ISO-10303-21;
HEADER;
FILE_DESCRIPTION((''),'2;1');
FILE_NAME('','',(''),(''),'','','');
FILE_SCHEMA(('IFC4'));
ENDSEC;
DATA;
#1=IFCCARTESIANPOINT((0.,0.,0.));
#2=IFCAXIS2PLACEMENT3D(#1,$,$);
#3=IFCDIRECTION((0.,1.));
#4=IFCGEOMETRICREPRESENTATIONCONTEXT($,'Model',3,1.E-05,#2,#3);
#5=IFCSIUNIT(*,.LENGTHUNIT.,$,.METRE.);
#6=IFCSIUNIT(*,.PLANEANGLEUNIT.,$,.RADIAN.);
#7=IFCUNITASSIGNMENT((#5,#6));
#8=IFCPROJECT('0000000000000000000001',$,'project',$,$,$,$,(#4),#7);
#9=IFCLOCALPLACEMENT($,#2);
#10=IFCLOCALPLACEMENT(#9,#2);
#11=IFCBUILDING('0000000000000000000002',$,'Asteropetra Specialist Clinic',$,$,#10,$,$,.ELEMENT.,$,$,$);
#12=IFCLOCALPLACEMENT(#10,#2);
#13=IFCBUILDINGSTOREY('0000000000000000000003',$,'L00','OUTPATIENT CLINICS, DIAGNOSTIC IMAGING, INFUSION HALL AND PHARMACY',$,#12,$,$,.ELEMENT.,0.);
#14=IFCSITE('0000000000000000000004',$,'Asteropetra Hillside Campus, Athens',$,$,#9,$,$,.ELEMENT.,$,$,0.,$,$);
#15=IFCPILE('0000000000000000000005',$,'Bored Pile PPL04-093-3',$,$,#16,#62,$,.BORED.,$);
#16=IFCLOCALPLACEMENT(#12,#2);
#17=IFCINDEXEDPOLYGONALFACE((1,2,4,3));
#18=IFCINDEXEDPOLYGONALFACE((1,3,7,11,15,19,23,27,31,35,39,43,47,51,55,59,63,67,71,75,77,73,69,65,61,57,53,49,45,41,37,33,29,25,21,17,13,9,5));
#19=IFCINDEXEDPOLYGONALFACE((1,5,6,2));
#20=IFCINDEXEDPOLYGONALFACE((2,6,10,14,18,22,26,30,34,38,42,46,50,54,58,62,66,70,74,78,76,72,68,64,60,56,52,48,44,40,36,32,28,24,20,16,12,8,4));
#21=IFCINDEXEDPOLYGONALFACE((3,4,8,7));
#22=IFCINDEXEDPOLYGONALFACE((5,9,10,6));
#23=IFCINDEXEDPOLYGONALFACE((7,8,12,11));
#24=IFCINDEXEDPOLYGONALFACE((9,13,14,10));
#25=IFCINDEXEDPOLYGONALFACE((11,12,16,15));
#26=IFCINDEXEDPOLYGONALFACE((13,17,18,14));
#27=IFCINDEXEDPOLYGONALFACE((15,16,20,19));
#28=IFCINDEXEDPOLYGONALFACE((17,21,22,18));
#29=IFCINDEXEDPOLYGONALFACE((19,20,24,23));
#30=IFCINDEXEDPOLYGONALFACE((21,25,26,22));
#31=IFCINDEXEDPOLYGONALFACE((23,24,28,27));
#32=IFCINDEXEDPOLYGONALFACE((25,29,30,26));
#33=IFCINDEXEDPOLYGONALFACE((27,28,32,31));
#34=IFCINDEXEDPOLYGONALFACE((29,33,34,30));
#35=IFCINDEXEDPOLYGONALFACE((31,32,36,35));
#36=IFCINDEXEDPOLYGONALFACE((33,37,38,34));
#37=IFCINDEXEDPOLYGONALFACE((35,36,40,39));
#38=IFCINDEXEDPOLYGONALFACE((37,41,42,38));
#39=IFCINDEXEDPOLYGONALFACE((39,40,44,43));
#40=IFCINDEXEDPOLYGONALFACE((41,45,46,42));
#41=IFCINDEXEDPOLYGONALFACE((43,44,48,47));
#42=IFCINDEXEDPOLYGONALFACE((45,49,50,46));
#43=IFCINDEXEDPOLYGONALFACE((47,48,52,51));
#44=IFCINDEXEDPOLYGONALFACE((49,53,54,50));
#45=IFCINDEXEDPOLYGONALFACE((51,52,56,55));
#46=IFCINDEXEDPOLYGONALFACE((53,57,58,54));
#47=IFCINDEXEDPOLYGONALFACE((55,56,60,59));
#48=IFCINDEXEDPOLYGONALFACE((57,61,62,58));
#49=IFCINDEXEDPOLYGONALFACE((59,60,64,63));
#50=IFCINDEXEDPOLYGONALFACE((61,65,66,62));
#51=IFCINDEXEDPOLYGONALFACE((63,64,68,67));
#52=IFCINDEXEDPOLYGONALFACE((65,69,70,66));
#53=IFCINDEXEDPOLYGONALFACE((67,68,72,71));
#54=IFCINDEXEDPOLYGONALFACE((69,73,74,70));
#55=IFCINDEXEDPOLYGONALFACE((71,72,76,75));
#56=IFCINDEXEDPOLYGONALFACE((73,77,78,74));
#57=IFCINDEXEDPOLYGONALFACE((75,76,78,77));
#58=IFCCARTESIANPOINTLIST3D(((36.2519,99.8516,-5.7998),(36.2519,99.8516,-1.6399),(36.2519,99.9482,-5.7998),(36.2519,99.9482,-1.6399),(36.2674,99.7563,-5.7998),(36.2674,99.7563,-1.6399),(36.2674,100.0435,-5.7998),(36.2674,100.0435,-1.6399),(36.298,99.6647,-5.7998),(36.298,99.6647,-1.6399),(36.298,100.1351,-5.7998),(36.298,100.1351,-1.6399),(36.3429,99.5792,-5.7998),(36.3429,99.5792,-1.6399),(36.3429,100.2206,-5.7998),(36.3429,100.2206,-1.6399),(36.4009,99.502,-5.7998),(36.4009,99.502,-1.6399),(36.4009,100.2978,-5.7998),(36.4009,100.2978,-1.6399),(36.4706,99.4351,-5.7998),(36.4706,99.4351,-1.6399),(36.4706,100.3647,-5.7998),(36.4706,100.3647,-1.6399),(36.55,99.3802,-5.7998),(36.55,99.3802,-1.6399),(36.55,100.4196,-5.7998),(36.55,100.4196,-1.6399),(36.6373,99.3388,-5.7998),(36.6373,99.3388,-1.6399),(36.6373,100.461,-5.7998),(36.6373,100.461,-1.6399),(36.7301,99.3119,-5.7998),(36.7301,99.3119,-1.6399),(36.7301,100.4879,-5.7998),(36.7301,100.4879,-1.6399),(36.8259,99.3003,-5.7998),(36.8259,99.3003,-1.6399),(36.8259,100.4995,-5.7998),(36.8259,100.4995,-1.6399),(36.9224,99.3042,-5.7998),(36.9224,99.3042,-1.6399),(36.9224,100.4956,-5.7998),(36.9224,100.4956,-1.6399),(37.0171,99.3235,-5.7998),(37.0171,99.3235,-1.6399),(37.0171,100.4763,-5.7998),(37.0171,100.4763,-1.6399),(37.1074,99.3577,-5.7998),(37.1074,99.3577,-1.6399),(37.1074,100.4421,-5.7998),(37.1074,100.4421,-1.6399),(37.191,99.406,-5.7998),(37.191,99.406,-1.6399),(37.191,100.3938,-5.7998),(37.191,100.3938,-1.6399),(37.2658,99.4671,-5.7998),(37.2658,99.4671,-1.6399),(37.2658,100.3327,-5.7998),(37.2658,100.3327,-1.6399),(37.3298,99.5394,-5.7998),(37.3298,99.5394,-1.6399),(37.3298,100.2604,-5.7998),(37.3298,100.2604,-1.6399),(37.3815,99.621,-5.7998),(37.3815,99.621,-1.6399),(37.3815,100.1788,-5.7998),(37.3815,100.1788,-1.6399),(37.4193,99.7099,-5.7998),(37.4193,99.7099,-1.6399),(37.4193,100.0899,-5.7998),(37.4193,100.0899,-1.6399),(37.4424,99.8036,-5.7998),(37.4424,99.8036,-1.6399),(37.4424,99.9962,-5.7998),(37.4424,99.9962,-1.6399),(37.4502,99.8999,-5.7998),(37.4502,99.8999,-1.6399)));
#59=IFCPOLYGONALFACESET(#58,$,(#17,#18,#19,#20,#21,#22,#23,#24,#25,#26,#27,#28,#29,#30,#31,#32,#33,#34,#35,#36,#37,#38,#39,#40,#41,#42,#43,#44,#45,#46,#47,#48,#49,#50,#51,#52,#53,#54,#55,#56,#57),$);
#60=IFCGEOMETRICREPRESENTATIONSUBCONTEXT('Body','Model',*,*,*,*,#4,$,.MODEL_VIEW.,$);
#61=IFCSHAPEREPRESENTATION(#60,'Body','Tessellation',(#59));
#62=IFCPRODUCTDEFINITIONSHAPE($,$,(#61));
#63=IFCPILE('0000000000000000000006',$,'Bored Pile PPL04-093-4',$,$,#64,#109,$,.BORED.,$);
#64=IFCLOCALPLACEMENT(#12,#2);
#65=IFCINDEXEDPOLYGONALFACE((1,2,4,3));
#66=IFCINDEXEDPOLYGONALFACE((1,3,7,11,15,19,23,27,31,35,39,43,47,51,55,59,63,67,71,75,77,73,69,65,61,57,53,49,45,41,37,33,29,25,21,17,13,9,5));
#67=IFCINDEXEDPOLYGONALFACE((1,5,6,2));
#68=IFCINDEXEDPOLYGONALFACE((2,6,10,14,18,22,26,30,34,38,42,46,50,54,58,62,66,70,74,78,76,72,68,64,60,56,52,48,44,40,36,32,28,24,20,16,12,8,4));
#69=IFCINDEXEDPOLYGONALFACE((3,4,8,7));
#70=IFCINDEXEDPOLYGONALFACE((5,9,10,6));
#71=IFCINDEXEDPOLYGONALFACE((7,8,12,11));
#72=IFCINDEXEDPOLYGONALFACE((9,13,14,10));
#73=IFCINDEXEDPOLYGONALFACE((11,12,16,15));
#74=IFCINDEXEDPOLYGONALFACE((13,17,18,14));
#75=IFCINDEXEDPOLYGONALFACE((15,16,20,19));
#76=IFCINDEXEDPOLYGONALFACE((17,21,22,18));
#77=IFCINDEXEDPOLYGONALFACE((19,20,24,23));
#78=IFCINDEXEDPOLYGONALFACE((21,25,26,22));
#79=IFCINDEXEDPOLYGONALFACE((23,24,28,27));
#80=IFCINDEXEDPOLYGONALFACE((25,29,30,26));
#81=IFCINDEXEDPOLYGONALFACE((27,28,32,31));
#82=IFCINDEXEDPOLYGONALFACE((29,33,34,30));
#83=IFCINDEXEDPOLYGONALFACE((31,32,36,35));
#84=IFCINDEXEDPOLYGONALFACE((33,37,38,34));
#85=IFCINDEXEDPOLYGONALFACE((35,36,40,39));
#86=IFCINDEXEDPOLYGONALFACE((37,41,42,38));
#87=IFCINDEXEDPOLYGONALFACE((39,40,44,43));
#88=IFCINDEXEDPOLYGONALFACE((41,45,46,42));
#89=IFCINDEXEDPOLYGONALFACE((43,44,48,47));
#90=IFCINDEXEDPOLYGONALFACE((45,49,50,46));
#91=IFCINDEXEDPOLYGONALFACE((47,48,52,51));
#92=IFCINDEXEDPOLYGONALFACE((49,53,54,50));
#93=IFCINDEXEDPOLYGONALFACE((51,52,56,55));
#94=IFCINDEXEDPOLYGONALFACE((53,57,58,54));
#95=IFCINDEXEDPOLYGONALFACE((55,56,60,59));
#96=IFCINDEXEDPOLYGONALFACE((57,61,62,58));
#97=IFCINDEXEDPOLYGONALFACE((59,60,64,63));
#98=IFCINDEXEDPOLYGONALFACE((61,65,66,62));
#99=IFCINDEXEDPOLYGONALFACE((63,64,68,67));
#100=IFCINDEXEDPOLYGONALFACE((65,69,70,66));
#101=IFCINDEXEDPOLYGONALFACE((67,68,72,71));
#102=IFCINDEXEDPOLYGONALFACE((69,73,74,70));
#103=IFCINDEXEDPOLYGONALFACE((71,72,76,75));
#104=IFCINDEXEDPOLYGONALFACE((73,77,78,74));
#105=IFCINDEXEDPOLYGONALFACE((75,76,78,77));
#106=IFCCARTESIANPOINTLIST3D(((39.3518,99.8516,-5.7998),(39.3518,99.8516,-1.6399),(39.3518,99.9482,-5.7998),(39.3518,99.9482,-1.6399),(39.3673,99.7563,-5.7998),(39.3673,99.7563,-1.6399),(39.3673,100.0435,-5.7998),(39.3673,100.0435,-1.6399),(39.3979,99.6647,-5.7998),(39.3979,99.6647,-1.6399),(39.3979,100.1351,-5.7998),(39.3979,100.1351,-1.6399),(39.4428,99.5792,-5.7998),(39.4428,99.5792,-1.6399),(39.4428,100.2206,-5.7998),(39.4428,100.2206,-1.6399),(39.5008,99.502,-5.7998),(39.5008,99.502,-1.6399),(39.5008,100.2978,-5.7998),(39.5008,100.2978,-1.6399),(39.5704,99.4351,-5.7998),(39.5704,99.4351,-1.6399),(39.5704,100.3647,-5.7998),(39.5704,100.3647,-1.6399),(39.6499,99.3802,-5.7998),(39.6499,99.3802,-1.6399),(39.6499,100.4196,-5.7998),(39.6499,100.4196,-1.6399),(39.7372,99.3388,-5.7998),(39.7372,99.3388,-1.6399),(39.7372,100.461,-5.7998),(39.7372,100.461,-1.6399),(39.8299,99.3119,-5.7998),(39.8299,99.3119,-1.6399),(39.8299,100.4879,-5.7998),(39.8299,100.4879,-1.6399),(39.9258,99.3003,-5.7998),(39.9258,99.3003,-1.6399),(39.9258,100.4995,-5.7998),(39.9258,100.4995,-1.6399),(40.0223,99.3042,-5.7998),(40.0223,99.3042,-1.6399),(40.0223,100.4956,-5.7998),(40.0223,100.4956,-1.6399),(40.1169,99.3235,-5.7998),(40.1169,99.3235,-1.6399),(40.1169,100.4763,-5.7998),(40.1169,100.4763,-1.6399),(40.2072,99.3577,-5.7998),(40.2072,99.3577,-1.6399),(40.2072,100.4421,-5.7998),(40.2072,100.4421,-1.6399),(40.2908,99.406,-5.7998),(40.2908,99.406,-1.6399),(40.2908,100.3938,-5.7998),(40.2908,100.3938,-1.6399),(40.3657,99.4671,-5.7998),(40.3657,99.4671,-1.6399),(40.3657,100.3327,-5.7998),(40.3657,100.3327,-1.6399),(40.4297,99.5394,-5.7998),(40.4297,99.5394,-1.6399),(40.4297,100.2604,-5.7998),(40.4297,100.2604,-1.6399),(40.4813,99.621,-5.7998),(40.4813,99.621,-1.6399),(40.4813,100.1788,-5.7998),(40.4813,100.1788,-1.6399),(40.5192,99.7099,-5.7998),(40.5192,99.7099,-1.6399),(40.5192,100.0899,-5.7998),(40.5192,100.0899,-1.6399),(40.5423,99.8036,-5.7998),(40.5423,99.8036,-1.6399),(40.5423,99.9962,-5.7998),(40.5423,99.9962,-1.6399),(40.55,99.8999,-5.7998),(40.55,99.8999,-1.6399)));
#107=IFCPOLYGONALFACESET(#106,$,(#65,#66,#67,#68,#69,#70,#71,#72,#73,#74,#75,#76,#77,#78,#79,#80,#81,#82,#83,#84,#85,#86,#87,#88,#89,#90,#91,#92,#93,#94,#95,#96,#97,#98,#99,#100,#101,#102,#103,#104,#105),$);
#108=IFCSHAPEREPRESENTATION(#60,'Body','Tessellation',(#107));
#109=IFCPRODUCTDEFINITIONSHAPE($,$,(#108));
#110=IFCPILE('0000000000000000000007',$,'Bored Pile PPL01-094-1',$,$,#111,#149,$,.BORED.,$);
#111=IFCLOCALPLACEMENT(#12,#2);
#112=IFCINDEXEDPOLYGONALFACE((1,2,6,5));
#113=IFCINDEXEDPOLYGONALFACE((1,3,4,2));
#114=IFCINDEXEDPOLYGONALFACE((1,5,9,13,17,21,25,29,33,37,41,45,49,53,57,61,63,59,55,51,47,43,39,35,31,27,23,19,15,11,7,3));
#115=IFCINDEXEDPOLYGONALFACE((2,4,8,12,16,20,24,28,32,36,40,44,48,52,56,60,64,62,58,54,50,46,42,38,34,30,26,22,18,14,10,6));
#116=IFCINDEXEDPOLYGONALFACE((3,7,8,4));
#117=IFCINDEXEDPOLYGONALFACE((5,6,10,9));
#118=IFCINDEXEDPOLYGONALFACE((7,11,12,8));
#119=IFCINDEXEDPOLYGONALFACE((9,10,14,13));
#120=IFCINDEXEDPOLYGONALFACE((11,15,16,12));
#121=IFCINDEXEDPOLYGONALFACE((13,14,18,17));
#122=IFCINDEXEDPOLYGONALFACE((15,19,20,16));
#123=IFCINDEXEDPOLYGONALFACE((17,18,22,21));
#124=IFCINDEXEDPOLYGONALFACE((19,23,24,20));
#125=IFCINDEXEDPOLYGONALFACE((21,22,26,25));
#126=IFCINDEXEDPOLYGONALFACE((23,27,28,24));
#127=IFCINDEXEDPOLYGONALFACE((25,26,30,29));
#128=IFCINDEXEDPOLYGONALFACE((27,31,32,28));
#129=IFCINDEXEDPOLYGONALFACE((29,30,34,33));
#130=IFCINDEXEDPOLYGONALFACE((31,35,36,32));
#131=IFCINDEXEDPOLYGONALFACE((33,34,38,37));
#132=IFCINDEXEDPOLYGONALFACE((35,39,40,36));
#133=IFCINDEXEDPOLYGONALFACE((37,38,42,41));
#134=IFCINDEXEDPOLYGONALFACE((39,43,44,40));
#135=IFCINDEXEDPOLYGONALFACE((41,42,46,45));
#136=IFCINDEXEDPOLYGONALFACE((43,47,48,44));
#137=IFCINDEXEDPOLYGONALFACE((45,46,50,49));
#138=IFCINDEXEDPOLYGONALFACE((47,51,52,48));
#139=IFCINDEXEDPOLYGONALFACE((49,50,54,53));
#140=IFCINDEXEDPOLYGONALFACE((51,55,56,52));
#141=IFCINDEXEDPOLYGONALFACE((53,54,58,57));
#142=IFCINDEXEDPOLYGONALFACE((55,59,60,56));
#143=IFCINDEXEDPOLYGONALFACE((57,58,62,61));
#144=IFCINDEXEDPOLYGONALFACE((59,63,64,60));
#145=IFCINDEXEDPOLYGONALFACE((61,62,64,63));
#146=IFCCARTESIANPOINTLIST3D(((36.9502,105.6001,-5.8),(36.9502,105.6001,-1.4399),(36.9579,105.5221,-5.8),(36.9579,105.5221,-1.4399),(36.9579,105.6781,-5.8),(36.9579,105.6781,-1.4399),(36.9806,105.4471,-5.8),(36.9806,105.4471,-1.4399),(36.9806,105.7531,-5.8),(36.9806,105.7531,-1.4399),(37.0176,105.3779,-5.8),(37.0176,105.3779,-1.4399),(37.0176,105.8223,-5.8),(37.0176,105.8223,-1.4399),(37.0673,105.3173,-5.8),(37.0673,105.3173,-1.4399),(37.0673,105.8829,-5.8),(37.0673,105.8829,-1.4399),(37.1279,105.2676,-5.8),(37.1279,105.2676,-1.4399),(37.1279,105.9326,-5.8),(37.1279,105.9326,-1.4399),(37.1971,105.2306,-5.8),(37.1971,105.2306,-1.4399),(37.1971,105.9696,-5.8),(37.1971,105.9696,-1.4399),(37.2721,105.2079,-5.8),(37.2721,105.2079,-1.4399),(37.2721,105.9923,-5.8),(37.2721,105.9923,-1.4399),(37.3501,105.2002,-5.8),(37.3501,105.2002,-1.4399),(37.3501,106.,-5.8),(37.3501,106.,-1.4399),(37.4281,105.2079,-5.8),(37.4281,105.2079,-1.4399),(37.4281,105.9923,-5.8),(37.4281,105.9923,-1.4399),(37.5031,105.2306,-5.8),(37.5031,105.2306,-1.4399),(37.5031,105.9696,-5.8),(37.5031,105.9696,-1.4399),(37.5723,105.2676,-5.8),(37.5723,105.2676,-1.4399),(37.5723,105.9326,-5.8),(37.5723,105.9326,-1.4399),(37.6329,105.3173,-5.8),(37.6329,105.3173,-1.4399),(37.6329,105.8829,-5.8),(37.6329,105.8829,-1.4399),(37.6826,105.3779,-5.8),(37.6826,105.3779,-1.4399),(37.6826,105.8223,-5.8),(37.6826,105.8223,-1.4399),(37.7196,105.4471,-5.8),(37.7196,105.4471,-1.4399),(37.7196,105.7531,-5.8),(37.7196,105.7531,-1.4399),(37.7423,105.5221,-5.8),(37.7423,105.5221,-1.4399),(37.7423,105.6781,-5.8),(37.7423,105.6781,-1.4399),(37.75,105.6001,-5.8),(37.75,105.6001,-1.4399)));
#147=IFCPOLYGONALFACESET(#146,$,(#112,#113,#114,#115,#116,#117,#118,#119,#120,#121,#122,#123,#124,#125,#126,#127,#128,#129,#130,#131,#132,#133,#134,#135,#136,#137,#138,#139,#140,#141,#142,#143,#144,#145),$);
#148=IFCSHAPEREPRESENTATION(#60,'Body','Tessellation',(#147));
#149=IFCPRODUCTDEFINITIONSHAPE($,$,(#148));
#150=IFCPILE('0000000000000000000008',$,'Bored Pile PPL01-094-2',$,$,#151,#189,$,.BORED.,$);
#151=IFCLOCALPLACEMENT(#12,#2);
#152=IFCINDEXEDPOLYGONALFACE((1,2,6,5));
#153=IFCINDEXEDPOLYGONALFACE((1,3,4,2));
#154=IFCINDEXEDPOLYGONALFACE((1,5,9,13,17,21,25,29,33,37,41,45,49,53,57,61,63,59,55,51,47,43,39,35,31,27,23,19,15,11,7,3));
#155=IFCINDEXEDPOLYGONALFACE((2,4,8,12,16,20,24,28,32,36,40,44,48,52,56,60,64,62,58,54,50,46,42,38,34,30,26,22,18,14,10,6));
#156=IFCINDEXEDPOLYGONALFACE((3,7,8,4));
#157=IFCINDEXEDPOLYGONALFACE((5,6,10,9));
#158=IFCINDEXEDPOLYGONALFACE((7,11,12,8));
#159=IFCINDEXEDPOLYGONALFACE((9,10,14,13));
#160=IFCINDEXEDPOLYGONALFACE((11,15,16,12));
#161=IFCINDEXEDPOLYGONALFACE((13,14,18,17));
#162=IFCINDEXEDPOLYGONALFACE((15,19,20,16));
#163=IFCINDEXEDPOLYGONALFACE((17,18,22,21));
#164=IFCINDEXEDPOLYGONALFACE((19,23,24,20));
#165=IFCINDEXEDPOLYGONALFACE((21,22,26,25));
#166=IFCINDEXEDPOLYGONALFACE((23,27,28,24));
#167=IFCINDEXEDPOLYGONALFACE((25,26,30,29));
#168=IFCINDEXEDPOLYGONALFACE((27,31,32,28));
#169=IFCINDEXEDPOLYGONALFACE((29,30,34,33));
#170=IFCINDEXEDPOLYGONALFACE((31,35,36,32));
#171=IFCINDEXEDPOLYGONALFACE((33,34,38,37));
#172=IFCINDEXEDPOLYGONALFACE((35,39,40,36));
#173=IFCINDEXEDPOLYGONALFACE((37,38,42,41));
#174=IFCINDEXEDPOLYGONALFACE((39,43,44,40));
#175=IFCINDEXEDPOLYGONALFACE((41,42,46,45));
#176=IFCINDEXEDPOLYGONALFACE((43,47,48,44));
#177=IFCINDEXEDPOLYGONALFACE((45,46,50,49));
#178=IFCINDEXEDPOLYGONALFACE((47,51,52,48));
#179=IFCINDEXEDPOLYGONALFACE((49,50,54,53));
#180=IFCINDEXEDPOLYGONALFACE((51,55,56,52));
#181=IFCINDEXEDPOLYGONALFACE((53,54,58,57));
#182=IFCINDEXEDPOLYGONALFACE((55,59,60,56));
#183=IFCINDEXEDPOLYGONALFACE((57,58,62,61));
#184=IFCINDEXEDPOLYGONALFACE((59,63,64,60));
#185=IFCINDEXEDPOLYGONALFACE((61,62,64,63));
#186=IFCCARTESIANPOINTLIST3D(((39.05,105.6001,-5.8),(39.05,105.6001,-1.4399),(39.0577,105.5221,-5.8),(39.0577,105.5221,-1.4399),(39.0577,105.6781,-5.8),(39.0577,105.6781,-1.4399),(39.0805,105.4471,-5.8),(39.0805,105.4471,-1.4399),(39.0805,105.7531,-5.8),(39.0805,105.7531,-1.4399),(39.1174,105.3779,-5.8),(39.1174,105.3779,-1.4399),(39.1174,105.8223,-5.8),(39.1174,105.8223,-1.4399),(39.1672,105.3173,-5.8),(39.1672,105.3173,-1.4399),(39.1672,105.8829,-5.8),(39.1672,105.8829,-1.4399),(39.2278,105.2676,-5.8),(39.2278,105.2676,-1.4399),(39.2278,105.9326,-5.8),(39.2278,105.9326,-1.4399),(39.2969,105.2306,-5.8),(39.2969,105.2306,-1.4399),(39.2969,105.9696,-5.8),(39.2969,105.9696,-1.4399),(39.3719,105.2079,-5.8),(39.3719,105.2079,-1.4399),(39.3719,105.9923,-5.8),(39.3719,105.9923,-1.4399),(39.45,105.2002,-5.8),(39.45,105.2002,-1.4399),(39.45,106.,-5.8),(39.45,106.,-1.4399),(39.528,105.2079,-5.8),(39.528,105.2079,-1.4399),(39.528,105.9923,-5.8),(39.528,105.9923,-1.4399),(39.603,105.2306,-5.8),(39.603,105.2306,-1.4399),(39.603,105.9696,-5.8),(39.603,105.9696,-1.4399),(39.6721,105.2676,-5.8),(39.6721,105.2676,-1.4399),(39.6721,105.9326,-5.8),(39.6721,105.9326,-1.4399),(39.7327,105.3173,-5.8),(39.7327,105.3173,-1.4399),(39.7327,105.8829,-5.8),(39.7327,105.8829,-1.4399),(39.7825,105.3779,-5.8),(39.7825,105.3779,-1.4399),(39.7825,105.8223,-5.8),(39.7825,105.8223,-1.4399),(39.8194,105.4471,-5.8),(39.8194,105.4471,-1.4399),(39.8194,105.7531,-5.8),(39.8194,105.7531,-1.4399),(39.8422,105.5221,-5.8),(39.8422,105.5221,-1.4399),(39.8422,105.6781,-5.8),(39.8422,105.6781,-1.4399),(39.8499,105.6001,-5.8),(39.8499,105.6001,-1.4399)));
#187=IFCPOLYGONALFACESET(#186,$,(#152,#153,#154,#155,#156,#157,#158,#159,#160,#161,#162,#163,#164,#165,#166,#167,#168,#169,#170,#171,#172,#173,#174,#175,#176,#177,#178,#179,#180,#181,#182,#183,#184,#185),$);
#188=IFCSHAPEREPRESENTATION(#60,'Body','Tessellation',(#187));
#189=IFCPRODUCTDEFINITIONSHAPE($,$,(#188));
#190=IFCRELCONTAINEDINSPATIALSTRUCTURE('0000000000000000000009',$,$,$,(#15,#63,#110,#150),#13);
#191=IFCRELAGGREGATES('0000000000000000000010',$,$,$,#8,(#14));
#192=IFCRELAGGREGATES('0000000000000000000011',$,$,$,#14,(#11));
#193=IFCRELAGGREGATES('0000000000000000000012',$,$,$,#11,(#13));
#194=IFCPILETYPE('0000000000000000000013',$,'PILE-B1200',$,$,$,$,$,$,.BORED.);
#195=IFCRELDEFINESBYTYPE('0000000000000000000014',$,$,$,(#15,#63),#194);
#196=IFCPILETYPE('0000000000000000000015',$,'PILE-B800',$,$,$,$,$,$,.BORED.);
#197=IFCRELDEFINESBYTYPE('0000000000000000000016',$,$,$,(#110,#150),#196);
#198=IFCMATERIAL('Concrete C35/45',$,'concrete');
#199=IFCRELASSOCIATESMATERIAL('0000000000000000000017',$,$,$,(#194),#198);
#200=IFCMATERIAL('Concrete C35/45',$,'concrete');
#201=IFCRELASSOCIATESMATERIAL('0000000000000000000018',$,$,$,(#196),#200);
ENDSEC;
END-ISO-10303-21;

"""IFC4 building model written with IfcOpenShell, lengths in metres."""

from ifc_helpers import new_model, si_unit, direction, frame, origin, origin_2d, place, context, subcontext, project, spatial, circle, extrude, material, material_profile, profile_set, type_object, element, save


model = new_model("IFC4")

# Units and contexts
model_context = context("Model", 3, precision=1e-05, world=origin(), true_north=direction((0.0, 1.0)))
body_context = subcontext(model_context, "Body", "Model", "MODEL_VIEW")
ifc_project = project(units=[si_unit("LENGTHUNIT", "METRE"), si_unit("PLANEANGLEUNIT", "RADIAN")], contexts=[model_context])

# Site, building, storey
site_placement = place(None, origin())
site = spatial("IfcSite", under=ifc_project, at=site_placement, Name="Asteropetra Hillside Campus, Athens", CompositionType="ELEMENT", RefElevation=0.0)
building_placement = place(site_placement, origin())
building = spatial("IfcBuilding", under=site, at=building_placement, Name="Asteropetra Specialist Clinic", CompositionType="ELEMENT")
storey_placement = place(building_placement, origin())
storey = spatial("IfcBuildingStorey", under=building, at=storey_placement, Name="L00", Description="OUTPATIENT CLINICS, DIAGNOSTIC IMAGING, INFUSION HALL AND PHARMACY", CompositionType="ELEMENT", Elevation=0.0)

# Piles
ifc_material_1 = material(Name="Concrete C35/45", Category="concrete")
ifc_material_profile_1 = material_profile(ifc_material_1, circle(Radius=0.6001, at=origin_2d()), Name="PILE D1200")
ifc_profile_set_1 = profile_set([ifc_material_profile_1], Name="Concrete C35/45")
pile_type_1 = type_object("IfcPileType", Name="PILE-B1200", PredefinedType="BORED", material=ifc_profile_set_1)
for number, where, z_axis, x_axis, name in (
    (1, (36.8501, 99.8999, -1.6399), (0.0, 0.0, -1.0), (1.0, 0.0, 0.0), "Bored Pile PPL04-093-3"),
    (2, (39.95, 99.8999, -1.6399), (0.0, 0.0, -1.0), (1.0, 0.0, 0.0), "Bored Pile PPL04-093-4"),
):
    element("IfcPile", number, at=place(storey_placement, frame(where, z_axis=z_axis, x_axis=x_axis)), inside=storey, type_object=pile_type_1, Name=name, PredefinedType="BORED", context=body_context, shape_type="SweptSolid", body=[
        extrude(circle(Radius=0.6001, at=origin_2d()), origin(), (0.0, 0.0, 1.0), 4.1599),
    ])
ifc_material_2 = material(Name="Concrete C35/45", Category="concrete")
ifc_material_profile_2 = material_profile(ifc_material_2, circle(Radius=0.3999, at=origin_2d()), Name="PILE D800")
ifc_profile_set_2 = profile_set([ifc_material_profile_2], Name="Concrete C35/45")
pile_type_2 = type_object("IfcPileType", Name="PILE-B800", PredefinedType="BORED", material=ifc_profile_set_2)
for number, where, z_axis, x_axis, name in (
    (3, (37.3501, 105.6001, -1.4399), (0.0, 0.0, -1.0), (1.0, 0.0, 0.0), "Bored Pile PPL01-094-1"),
    (4, (39.45, 105.6001, -1.4399), (0.0, 0.0, -1.0), (1.0, 0.0, 0.0), "Bored Pile PPL01-094-2"),
):
    element("IfcPile", number, at=place(storey_placement, frame(where, z_axis=z_axis, x_axis=x_axis)), inside=storey, type_object=pile_type_2, Name=name, PredefinedType="BORED", context=body_context, shape_type="SweptSolid", body=[
        extrude(circle(Radius=0.3999, at=origin_2d()), origin(), (0.0, 0.0, 1.0), 4.3601),
    ])

save(model, "model.ifc")
